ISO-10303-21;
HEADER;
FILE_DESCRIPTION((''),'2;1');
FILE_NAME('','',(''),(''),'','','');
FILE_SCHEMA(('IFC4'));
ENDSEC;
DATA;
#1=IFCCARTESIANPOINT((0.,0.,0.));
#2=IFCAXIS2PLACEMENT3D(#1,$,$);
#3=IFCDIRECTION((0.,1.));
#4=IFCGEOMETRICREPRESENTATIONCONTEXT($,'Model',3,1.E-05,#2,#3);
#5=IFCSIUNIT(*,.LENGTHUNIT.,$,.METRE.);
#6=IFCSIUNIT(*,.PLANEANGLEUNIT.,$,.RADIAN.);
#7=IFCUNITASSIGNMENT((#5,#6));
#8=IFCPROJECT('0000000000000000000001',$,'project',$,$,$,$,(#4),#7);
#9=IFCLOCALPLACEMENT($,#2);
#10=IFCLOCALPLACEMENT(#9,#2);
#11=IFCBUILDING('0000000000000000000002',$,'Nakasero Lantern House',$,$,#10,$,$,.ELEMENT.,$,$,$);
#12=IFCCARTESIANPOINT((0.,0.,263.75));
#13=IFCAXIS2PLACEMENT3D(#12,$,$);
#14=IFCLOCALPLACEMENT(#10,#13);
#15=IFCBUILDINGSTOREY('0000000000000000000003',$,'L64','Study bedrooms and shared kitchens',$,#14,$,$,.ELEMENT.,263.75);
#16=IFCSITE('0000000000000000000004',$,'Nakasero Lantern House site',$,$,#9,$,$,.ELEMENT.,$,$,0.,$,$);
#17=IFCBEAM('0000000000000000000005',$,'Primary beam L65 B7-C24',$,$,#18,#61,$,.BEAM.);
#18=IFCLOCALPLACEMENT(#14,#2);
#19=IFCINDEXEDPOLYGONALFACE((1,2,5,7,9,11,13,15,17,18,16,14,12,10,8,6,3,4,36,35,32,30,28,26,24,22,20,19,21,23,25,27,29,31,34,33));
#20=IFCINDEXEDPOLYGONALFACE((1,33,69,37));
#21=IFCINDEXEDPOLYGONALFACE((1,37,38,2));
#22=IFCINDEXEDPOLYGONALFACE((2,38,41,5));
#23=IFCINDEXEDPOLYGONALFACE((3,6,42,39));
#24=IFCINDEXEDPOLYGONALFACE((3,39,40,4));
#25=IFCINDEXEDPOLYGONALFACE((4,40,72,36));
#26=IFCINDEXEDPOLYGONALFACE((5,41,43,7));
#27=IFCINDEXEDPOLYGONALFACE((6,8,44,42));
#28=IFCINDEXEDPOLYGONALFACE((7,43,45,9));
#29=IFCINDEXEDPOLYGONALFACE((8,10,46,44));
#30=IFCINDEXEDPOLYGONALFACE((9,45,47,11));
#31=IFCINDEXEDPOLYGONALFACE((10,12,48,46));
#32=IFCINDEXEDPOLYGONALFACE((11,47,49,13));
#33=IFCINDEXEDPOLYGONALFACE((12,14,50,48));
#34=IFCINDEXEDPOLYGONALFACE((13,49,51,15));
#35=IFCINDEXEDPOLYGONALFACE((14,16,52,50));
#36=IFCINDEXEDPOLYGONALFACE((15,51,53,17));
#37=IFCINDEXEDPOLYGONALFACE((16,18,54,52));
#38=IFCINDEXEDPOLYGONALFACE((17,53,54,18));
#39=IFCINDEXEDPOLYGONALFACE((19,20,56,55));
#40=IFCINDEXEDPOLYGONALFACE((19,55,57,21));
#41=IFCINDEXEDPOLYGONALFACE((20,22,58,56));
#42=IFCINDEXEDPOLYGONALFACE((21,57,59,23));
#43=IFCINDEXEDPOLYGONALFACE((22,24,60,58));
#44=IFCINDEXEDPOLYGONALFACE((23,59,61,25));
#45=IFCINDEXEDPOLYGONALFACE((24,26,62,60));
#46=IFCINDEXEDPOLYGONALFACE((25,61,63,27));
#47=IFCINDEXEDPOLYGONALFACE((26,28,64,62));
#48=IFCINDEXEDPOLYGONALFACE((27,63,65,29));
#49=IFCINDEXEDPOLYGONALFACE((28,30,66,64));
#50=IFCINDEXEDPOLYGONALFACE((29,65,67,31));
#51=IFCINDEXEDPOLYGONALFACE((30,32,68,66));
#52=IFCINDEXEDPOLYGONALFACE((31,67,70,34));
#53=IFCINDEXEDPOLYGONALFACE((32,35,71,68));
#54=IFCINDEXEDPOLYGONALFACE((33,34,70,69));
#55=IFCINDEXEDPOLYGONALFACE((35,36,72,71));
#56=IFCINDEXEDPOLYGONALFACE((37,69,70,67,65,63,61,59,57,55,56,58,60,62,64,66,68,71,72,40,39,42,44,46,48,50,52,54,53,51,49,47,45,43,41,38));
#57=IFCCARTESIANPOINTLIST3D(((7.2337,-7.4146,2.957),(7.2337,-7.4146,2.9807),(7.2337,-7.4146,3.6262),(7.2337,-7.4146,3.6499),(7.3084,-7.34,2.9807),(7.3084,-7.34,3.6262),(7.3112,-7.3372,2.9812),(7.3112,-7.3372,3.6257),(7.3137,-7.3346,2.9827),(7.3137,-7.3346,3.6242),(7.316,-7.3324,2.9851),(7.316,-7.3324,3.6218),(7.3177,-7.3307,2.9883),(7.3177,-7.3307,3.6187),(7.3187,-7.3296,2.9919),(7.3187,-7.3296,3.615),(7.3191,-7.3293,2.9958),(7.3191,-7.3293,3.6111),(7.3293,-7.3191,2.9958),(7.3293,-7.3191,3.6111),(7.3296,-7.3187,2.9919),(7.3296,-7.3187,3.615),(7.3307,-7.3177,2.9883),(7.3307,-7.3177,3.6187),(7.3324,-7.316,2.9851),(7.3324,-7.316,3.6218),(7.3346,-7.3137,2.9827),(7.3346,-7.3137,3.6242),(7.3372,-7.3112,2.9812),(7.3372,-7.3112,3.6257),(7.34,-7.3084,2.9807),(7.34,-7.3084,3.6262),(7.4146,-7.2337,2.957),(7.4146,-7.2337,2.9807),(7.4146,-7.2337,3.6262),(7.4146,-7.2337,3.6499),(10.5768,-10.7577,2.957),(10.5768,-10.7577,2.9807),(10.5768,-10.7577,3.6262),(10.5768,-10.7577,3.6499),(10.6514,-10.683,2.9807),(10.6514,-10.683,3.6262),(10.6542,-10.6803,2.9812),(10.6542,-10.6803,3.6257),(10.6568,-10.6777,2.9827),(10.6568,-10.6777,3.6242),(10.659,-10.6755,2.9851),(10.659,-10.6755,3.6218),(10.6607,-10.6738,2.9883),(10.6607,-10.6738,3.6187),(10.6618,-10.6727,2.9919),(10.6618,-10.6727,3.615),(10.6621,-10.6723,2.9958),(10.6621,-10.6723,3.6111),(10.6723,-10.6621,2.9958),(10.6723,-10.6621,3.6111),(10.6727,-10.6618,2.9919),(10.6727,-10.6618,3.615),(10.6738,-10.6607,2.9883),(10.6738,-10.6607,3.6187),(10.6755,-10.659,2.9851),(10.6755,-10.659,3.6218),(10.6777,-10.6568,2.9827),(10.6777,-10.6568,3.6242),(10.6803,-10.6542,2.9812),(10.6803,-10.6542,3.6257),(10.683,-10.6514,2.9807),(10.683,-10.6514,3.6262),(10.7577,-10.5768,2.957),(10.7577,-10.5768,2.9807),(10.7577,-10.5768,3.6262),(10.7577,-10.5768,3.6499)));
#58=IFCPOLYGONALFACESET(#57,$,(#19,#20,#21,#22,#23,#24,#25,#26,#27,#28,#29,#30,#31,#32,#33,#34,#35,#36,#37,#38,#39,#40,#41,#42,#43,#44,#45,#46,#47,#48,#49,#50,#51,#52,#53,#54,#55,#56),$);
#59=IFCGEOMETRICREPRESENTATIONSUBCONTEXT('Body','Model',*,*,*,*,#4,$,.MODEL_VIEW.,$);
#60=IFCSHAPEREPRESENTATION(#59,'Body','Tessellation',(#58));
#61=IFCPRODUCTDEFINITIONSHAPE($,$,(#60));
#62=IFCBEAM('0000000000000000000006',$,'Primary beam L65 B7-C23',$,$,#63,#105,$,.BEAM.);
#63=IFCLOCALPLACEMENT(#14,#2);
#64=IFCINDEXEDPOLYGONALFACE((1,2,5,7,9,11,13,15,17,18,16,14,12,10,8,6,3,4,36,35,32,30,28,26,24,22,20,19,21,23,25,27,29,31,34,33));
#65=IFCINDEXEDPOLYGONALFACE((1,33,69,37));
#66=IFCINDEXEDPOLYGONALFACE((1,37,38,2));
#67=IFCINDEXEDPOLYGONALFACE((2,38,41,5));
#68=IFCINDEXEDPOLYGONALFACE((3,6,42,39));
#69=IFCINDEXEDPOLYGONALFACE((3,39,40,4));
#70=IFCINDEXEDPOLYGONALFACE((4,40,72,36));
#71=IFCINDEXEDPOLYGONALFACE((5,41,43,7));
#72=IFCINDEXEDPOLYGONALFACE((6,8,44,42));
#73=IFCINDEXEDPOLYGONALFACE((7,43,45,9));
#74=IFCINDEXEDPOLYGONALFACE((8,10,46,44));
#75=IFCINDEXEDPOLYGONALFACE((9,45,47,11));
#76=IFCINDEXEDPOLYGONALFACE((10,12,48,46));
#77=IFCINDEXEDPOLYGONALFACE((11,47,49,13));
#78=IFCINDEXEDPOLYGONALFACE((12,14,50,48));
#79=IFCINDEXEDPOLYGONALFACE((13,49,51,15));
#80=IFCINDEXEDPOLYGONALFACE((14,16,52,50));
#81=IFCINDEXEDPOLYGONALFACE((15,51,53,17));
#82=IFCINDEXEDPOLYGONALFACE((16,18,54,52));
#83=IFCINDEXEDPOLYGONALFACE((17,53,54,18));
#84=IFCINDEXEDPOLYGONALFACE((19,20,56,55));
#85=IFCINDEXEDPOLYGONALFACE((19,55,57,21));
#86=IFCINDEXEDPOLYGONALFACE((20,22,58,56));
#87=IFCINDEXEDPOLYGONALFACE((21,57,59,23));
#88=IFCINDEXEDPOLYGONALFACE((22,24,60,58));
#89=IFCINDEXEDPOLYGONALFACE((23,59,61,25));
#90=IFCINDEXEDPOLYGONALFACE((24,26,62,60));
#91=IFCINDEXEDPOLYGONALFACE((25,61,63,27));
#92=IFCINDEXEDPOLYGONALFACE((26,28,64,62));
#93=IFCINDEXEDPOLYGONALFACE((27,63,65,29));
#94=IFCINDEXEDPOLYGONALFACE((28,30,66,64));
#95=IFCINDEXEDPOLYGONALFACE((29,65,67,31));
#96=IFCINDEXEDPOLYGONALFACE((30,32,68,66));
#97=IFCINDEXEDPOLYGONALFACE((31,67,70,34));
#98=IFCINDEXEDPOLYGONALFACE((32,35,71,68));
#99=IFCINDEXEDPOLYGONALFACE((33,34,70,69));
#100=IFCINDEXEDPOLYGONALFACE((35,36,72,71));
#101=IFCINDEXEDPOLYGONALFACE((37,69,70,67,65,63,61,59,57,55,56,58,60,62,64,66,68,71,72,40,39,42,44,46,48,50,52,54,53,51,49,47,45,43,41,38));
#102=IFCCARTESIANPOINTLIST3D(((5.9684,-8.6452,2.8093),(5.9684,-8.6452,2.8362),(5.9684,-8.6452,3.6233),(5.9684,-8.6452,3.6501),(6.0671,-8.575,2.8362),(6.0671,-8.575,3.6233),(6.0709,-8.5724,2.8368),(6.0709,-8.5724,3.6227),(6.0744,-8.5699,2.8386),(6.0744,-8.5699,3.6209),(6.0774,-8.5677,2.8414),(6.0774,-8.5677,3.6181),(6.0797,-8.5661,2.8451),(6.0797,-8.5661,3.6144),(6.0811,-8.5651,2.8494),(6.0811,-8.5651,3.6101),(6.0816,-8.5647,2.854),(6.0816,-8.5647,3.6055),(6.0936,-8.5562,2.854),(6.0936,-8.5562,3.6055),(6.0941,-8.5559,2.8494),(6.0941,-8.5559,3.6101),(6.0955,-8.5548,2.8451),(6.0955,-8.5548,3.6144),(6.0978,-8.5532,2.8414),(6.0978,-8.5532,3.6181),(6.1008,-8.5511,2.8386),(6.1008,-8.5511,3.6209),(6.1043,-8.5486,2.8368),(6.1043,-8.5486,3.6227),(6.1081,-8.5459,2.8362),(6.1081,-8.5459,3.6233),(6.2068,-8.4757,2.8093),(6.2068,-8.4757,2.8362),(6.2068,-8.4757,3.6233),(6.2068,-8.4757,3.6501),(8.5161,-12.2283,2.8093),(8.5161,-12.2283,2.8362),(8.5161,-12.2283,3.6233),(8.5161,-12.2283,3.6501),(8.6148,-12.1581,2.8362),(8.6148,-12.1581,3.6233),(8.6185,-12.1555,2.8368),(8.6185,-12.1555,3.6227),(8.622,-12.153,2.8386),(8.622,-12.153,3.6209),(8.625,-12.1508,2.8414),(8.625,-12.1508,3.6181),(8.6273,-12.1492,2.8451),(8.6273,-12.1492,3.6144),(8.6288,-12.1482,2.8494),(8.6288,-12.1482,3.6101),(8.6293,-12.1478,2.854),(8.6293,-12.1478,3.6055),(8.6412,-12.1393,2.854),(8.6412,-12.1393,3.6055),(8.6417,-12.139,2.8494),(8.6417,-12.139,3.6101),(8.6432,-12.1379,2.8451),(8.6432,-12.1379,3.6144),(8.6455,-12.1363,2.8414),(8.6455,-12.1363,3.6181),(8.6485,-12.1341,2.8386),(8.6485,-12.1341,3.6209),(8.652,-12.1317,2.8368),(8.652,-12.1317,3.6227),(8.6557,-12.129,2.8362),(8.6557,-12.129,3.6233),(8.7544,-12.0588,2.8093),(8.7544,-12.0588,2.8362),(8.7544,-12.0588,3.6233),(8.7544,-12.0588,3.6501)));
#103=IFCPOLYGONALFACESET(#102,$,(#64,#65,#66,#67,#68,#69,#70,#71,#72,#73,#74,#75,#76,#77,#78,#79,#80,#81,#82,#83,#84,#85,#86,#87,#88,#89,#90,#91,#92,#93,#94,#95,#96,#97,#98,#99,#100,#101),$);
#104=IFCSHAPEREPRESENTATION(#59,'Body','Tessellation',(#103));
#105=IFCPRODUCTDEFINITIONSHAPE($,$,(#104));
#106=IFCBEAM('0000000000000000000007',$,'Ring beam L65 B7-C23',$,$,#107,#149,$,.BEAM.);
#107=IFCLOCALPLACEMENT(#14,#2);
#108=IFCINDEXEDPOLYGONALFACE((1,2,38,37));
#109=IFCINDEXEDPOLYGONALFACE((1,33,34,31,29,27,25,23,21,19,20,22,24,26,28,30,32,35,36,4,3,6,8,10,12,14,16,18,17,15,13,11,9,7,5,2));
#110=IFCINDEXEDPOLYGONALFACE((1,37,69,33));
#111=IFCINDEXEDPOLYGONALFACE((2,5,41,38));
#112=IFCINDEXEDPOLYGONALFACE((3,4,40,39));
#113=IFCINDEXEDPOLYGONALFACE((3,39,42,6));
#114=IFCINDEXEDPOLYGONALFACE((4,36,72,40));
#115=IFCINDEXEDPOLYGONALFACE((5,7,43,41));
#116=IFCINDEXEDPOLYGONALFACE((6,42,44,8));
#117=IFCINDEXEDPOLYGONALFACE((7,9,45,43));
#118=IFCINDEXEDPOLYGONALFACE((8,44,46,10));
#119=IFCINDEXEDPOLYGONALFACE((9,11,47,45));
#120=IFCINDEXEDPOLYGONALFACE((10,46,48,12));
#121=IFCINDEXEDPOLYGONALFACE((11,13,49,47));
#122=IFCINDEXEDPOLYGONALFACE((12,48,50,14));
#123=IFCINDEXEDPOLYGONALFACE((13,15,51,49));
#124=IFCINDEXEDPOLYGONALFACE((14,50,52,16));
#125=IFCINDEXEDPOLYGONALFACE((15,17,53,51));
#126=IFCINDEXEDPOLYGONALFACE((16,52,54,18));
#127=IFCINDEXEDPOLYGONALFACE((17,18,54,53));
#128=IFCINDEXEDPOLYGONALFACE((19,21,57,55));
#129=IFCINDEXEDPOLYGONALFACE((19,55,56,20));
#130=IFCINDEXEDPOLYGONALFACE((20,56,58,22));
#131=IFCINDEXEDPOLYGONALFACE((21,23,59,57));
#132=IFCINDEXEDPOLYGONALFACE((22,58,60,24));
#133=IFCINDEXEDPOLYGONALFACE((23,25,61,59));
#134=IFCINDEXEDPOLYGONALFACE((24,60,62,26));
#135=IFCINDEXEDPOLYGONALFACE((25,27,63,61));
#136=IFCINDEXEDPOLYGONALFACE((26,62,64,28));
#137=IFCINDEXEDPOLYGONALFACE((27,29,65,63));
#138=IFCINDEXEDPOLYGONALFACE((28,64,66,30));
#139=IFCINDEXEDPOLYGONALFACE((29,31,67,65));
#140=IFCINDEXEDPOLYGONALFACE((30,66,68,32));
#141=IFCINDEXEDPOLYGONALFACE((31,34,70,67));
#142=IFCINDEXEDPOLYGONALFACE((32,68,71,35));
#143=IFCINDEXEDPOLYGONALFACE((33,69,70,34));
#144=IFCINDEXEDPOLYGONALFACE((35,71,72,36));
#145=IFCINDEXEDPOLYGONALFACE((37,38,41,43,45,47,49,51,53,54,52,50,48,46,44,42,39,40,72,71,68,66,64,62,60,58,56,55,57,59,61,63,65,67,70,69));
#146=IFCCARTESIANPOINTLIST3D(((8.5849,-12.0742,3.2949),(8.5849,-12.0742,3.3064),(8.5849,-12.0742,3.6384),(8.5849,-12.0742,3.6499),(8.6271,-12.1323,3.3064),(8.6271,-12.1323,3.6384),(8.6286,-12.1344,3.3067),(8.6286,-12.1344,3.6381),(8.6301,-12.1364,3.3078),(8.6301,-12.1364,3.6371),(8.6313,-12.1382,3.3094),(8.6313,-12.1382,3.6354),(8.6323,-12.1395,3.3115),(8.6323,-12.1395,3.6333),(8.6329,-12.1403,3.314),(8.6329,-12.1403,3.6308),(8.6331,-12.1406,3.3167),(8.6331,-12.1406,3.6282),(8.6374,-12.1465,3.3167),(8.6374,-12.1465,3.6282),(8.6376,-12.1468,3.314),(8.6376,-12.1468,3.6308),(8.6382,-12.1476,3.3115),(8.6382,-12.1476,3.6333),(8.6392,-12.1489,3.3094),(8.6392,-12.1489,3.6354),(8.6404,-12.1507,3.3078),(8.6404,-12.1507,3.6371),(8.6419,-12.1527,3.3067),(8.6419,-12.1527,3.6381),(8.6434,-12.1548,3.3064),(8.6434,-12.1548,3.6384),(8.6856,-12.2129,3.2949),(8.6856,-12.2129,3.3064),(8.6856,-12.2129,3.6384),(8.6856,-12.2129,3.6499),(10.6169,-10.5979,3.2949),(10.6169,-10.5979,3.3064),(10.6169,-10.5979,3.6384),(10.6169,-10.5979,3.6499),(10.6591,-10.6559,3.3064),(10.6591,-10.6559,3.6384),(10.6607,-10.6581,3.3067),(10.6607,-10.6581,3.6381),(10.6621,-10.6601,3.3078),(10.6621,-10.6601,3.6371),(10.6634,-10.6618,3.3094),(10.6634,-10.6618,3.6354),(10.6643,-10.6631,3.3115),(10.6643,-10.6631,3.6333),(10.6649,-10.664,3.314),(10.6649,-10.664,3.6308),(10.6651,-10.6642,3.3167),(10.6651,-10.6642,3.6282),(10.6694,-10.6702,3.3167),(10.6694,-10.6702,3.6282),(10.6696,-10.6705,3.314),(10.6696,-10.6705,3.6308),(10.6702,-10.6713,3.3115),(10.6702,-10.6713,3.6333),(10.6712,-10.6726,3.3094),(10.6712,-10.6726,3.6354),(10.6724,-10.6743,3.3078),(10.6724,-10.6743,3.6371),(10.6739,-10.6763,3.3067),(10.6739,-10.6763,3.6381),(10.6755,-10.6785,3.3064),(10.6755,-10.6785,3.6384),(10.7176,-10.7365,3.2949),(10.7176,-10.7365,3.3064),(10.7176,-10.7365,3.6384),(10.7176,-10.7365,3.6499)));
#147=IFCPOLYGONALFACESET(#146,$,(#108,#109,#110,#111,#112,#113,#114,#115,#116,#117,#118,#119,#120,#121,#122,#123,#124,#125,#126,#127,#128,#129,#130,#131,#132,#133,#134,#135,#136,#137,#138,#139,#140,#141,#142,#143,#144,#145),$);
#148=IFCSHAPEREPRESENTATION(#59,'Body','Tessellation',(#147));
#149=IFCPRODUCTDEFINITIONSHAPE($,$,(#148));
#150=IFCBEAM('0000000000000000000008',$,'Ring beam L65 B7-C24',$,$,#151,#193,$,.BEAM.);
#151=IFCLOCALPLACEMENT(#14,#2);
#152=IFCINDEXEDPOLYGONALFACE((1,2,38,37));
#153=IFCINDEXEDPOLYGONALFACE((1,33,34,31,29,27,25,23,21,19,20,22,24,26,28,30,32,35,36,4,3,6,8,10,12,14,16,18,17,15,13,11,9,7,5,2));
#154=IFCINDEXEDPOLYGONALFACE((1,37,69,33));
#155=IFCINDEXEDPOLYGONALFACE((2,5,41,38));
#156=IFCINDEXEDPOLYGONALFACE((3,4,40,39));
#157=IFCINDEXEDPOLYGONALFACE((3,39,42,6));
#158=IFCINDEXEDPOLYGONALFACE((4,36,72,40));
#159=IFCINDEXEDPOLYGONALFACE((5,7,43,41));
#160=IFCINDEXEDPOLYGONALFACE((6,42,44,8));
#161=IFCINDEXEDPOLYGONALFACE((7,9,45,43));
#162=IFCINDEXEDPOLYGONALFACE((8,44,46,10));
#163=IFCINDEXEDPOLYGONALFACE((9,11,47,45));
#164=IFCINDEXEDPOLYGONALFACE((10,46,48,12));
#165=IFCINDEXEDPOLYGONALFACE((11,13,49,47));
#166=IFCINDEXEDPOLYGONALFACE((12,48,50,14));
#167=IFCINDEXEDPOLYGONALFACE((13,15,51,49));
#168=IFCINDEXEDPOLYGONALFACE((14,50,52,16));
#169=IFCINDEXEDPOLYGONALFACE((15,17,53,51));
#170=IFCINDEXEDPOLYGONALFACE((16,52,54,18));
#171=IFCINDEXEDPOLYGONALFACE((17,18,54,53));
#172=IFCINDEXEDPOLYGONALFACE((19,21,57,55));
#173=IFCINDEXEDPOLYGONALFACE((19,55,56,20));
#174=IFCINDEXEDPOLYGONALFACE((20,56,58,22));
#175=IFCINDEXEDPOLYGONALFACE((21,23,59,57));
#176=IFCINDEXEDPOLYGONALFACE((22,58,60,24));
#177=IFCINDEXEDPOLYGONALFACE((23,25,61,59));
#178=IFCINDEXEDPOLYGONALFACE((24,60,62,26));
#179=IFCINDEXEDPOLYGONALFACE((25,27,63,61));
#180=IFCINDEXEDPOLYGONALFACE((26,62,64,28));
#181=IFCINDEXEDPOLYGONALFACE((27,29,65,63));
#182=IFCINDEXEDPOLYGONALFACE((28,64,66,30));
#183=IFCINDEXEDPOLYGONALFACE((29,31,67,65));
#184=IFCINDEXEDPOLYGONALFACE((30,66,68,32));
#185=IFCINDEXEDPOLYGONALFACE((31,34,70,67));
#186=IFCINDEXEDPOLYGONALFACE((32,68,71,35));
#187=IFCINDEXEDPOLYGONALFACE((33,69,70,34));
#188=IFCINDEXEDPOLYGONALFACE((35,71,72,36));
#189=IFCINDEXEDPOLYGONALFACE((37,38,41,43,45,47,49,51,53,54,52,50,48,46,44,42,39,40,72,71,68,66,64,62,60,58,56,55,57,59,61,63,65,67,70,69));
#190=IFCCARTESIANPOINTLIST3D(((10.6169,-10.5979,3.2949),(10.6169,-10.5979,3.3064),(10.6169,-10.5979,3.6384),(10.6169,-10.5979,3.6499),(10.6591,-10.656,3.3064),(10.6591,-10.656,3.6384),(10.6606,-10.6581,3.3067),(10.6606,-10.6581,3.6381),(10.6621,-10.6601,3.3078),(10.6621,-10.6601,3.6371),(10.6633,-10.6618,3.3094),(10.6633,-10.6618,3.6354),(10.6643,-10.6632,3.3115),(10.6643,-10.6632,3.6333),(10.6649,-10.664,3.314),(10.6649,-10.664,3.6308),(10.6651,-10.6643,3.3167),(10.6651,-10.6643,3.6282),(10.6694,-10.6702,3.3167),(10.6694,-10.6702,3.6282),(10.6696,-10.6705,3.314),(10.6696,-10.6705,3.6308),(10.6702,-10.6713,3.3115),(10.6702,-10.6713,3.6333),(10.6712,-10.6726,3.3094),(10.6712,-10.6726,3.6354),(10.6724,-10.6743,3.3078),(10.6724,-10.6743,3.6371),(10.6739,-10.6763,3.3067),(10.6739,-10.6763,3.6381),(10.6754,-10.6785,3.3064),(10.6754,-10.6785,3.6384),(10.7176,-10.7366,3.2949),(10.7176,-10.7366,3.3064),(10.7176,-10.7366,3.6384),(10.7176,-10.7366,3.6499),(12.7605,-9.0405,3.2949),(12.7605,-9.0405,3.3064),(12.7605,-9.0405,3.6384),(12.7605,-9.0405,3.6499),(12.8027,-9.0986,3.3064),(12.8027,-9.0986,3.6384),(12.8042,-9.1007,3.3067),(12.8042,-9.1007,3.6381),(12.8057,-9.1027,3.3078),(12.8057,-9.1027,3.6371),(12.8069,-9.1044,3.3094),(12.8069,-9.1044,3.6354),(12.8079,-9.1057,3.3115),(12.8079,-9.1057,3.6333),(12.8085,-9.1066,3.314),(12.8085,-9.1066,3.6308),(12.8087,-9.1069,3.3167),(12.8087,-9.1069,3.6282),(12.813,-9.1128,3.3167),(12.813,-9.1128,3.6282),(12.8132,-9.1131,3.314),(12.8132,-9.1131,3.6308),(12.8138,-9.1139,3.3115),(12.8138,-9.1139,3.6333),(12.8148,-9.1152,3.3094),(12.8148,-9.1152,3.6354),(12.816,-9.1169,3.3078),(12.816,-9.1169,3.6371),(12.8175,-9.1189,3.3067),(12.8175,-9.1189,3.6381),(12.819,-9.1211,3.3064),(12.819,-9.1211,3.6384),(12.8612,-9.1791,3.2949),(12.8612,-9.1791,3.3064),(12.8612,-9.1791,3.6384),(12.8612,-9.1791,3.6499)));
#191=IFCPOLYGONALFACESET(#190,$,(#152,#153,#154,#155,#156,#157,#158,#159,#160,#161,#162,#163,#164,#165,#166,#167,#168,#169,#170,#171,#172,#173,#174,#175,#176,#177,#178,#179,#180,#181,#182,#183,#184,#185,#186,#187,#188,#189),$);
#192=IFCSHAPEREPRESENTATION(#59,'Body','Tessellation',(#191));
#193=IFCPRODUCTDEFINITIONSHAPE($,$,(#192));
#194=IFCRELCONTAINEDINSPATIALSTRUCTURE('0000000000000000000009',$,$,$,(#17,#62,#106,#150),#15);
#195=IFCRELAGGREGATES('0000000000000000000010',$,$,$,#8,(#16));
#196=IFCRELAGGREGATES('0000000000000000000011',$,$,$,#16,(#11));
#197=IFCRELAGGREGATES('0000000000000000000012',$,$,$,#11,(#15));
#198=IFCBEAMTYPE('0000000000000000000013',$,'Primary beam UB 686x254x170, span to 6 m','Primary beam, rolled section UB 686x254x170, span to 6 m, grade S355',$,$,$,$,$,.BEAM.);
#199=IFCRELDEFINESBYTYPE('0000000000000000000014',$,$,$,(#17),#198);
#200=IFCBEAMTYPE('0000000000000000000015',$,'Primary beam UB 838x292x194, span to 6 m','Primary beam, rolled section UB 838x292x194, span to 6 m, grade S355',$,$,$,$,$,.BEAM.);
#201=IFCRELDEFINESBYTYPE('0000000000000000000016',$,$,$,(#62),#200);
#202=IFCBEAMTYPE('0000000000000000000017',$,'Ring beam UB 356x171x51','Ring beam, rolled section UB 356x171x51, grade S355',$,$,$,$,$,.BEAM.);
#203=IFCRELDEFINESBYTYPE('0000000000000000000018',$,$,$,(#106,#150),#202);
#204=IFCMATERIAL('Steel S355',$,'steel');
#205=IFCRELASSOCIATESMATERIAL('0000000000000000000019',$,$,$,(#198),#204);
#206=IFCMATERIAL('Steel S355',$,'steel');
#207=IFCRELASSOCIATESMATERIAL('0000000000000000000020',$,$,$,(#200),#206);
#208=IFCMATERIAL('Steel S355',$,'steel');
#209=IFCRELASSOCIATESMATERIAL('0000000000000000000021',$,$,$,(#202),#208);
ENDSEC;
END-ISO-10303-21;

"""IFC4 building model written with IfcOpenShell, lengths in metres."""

from ifc_helpers import new_model, si_unit, direction, frame, origin, origin_2d, place, context, subcontext, project, spatial, i_section, extrude, material, material_profile, profile_set, type_object, element, save


model = new_model("IFC4")

# Units and contexts
model_context = context("Model", 3, precision=1e-05, world=origin(), true_north=direction((0.0, 1.0)))
body_context = subcontext(model_context, "Body", "Model", "MODEL_VIEW")
ifc_project = project(units=[si_unit("LENGTHUNIT", "METRE"), si_unit("PLANEANGLEUNIT", "RADIAN")], contexts=[model_context])

# Site, building, storey
site_placement = place(None, origin())
site = spatial("IfcSite", under=ifc_project, at=site_placement, Name="Nakasero Lantern House site", CompositionType="ELEMENT", RefElevation=0.0)
building_placement = place(site_placement, origin())
building = spatial("IfcBuilding", under=site, at=building_placement, Name="Nakasero Lantern House", CompositionType="ELEMENT")
storey_placement = place(building_placement, frame((0.0, 0.0, 263.75)))
storey = spatial("IfcBuildingStorey", under=building, at=storey_placement, Name="L64", Description="Study bedrooms and shared kitchens", CompositionType="ELEMENT", Elevation=263.75)

# Beams
ifc_material_1 = material(Name="Steel S355", Category="steel")
ifc_material_profile_1 = material_profile(ifc_material_1, i_section(OverallWidth=0.2559, OverallDepth=0.6929, WebThickness=0.0144, FlangeThickness=0.0237, FilletRadius=0.0151, at=origin_2d()), Name="UB 686x254x170")
ifc_profile_set_1 = profile_set([ifc_material_profile_1], Name="Steel S355")
beam_type_1 = type_object("IfcBeamType", Name="Primary beam UB 686x254x170, span to 6 m", Description="Primary beam, rolled section UB 686x254x170, span to 6 m, grade S355", PredefinedType="BEAM", material=ifc_profile_set_1)
beam_1_placement = place(storey_placement, frame((10.6672, -10.6672, 3.3035), z_axis=(-0.707107, 0.707107, 0.0), x_axis=(-0.707107, -0.707107, 0.0)))
element("IfcBeam", 1, at=beam_1_placement, inside=storey, type_object=beam_type_1, Name="Primary beam L65 B7-C24", PredefinedType="BEAM", context=body_context, shape_type="SweptSolid", body=[
    extrude(i_section(OverallWidth=0.2559, OverallDepth=0.6929, WebThickness=0.0144, FlangeThickness=0.0237, FilletRadius=0.0151, at=origin_2d()), origin(), (0.0, 0.0, 1.0), 4.7278),
])
ifc_material_2 = material(Name="Steel S355", Category="steel")
ifc_material_profile_2 = material_profile(ifc_material_2, i_section(OverallWidth=0.2925, OverallDepth=0.8408, WebThickness=0.0146, FlangeThickness=0.0269, FilletRadius=0.0178, at=origin_2d()), Name="UB 838x292x194")
ifc_profile_set_2 = profile_set([ifc_material_profile_2], Name="Steel S355")
beam_type_2 = type_object("IfcBeamType", Name="Primary beam UB 838x292x194, span to 6 m", Description="Primary beam, rolled section UB 838x292x194, span to 6 m, grade S355", PredefinedType="BEAM", material=ifc_profile_set_2)
beam_2_placement = place(storey_placement, frame((8.6353, -12.1436, 3.2297), z_axis=(-0.579477, 0.814989, 0.0), x_axis=(-0.814989, -0.579477, 0.0)))
element("IfcBeam", 2, at=beam_2_placement, inside=storey, type_object=beam_type_2, Name="Primary beam L65 B7-C23", PredefinedType="BEAM", context=body_context, shape_type="SweptSolid", body=[
    extrude(i_section(OverallWidth=0.2925, OverallDepth=0.8408, WebThickness=0.0146, FlangeThickness=0.0269, FilletRadius=0.0178, at=origin_2d()), origin(), (0.0, 0.0, 1.0), 4.3965),
])
ifc_material_3 = material(Name="Steel S355", Category="steel")
ifc_material_profile_3 = material_profile(ifc_material_3, i_section(OverallWidth=0.1714, OverallDepth=0.355, WebThickness=0.0073, FlangeThickness=0.0115, FilletRadius=0.0103, at=origin_2d()), Name="UB 356x171x51")
ifc_profile_set_3 = profile_set([ifc_material_profile_3], Name="Steel S355")
beam_type_3 = type_object("IfcBeamType", Name="Ring beam UB 356x171x51", Description="Ring beam, rolled section UB 356x171x51, grade S355", PredefinedType="BEAM", material=ifc_profile_set_3)
beam_3_placement = place(storey_placement, frame((8.6353, -12.1436, 3.4724), z_axis=(0.809018, 0.587784, 0.0), x_axis=(-0.587784, 0.809018, 0.0)))
element("IfcBeam", 3, at=beam_3_placement, inside=storey, type_object=beam_type_3, Name="Ring beam L65 B7-C23", PredefinedType="BEAM", context=body_context, shape_type="SweptSolid", body=[
    extrude(i_section(OverallWidth=0.1714, OverallDepth=0.355, WebThickness=0.0073, FlangeThickness=0.0115, FilletRadius=0.0103, at=origin_2d()), origin(), (0.0, 0.0, 1.0), 2.5117),
])
beam_4_placement = place(storey_placement, frame((10.6672, -10.6672, 3.4724), z_axis=(0.809019, 0.587783, 0.0), x_axis=(-0.587783, 0.809019, 0.0)))
element("IfcBeam", 4, at=beam_4_placement, inside=storey, type_object=beam_type_3, Name="Ring beam L65 B7-C24", PredefinedType="BEAM", context=body_context, shape_type="SweptSolid", body=[
    extrude(i_section(OverallWidth=0.1714, OverallDepth=0.355, WebThickness=0.0073, FlangeThickness=0.0115, FilletRadius=0.0103, at=origin_2d()), origin(), (0.0, 0.0, 1.0), 2.6497),
])

save(model, "model.ifc")
